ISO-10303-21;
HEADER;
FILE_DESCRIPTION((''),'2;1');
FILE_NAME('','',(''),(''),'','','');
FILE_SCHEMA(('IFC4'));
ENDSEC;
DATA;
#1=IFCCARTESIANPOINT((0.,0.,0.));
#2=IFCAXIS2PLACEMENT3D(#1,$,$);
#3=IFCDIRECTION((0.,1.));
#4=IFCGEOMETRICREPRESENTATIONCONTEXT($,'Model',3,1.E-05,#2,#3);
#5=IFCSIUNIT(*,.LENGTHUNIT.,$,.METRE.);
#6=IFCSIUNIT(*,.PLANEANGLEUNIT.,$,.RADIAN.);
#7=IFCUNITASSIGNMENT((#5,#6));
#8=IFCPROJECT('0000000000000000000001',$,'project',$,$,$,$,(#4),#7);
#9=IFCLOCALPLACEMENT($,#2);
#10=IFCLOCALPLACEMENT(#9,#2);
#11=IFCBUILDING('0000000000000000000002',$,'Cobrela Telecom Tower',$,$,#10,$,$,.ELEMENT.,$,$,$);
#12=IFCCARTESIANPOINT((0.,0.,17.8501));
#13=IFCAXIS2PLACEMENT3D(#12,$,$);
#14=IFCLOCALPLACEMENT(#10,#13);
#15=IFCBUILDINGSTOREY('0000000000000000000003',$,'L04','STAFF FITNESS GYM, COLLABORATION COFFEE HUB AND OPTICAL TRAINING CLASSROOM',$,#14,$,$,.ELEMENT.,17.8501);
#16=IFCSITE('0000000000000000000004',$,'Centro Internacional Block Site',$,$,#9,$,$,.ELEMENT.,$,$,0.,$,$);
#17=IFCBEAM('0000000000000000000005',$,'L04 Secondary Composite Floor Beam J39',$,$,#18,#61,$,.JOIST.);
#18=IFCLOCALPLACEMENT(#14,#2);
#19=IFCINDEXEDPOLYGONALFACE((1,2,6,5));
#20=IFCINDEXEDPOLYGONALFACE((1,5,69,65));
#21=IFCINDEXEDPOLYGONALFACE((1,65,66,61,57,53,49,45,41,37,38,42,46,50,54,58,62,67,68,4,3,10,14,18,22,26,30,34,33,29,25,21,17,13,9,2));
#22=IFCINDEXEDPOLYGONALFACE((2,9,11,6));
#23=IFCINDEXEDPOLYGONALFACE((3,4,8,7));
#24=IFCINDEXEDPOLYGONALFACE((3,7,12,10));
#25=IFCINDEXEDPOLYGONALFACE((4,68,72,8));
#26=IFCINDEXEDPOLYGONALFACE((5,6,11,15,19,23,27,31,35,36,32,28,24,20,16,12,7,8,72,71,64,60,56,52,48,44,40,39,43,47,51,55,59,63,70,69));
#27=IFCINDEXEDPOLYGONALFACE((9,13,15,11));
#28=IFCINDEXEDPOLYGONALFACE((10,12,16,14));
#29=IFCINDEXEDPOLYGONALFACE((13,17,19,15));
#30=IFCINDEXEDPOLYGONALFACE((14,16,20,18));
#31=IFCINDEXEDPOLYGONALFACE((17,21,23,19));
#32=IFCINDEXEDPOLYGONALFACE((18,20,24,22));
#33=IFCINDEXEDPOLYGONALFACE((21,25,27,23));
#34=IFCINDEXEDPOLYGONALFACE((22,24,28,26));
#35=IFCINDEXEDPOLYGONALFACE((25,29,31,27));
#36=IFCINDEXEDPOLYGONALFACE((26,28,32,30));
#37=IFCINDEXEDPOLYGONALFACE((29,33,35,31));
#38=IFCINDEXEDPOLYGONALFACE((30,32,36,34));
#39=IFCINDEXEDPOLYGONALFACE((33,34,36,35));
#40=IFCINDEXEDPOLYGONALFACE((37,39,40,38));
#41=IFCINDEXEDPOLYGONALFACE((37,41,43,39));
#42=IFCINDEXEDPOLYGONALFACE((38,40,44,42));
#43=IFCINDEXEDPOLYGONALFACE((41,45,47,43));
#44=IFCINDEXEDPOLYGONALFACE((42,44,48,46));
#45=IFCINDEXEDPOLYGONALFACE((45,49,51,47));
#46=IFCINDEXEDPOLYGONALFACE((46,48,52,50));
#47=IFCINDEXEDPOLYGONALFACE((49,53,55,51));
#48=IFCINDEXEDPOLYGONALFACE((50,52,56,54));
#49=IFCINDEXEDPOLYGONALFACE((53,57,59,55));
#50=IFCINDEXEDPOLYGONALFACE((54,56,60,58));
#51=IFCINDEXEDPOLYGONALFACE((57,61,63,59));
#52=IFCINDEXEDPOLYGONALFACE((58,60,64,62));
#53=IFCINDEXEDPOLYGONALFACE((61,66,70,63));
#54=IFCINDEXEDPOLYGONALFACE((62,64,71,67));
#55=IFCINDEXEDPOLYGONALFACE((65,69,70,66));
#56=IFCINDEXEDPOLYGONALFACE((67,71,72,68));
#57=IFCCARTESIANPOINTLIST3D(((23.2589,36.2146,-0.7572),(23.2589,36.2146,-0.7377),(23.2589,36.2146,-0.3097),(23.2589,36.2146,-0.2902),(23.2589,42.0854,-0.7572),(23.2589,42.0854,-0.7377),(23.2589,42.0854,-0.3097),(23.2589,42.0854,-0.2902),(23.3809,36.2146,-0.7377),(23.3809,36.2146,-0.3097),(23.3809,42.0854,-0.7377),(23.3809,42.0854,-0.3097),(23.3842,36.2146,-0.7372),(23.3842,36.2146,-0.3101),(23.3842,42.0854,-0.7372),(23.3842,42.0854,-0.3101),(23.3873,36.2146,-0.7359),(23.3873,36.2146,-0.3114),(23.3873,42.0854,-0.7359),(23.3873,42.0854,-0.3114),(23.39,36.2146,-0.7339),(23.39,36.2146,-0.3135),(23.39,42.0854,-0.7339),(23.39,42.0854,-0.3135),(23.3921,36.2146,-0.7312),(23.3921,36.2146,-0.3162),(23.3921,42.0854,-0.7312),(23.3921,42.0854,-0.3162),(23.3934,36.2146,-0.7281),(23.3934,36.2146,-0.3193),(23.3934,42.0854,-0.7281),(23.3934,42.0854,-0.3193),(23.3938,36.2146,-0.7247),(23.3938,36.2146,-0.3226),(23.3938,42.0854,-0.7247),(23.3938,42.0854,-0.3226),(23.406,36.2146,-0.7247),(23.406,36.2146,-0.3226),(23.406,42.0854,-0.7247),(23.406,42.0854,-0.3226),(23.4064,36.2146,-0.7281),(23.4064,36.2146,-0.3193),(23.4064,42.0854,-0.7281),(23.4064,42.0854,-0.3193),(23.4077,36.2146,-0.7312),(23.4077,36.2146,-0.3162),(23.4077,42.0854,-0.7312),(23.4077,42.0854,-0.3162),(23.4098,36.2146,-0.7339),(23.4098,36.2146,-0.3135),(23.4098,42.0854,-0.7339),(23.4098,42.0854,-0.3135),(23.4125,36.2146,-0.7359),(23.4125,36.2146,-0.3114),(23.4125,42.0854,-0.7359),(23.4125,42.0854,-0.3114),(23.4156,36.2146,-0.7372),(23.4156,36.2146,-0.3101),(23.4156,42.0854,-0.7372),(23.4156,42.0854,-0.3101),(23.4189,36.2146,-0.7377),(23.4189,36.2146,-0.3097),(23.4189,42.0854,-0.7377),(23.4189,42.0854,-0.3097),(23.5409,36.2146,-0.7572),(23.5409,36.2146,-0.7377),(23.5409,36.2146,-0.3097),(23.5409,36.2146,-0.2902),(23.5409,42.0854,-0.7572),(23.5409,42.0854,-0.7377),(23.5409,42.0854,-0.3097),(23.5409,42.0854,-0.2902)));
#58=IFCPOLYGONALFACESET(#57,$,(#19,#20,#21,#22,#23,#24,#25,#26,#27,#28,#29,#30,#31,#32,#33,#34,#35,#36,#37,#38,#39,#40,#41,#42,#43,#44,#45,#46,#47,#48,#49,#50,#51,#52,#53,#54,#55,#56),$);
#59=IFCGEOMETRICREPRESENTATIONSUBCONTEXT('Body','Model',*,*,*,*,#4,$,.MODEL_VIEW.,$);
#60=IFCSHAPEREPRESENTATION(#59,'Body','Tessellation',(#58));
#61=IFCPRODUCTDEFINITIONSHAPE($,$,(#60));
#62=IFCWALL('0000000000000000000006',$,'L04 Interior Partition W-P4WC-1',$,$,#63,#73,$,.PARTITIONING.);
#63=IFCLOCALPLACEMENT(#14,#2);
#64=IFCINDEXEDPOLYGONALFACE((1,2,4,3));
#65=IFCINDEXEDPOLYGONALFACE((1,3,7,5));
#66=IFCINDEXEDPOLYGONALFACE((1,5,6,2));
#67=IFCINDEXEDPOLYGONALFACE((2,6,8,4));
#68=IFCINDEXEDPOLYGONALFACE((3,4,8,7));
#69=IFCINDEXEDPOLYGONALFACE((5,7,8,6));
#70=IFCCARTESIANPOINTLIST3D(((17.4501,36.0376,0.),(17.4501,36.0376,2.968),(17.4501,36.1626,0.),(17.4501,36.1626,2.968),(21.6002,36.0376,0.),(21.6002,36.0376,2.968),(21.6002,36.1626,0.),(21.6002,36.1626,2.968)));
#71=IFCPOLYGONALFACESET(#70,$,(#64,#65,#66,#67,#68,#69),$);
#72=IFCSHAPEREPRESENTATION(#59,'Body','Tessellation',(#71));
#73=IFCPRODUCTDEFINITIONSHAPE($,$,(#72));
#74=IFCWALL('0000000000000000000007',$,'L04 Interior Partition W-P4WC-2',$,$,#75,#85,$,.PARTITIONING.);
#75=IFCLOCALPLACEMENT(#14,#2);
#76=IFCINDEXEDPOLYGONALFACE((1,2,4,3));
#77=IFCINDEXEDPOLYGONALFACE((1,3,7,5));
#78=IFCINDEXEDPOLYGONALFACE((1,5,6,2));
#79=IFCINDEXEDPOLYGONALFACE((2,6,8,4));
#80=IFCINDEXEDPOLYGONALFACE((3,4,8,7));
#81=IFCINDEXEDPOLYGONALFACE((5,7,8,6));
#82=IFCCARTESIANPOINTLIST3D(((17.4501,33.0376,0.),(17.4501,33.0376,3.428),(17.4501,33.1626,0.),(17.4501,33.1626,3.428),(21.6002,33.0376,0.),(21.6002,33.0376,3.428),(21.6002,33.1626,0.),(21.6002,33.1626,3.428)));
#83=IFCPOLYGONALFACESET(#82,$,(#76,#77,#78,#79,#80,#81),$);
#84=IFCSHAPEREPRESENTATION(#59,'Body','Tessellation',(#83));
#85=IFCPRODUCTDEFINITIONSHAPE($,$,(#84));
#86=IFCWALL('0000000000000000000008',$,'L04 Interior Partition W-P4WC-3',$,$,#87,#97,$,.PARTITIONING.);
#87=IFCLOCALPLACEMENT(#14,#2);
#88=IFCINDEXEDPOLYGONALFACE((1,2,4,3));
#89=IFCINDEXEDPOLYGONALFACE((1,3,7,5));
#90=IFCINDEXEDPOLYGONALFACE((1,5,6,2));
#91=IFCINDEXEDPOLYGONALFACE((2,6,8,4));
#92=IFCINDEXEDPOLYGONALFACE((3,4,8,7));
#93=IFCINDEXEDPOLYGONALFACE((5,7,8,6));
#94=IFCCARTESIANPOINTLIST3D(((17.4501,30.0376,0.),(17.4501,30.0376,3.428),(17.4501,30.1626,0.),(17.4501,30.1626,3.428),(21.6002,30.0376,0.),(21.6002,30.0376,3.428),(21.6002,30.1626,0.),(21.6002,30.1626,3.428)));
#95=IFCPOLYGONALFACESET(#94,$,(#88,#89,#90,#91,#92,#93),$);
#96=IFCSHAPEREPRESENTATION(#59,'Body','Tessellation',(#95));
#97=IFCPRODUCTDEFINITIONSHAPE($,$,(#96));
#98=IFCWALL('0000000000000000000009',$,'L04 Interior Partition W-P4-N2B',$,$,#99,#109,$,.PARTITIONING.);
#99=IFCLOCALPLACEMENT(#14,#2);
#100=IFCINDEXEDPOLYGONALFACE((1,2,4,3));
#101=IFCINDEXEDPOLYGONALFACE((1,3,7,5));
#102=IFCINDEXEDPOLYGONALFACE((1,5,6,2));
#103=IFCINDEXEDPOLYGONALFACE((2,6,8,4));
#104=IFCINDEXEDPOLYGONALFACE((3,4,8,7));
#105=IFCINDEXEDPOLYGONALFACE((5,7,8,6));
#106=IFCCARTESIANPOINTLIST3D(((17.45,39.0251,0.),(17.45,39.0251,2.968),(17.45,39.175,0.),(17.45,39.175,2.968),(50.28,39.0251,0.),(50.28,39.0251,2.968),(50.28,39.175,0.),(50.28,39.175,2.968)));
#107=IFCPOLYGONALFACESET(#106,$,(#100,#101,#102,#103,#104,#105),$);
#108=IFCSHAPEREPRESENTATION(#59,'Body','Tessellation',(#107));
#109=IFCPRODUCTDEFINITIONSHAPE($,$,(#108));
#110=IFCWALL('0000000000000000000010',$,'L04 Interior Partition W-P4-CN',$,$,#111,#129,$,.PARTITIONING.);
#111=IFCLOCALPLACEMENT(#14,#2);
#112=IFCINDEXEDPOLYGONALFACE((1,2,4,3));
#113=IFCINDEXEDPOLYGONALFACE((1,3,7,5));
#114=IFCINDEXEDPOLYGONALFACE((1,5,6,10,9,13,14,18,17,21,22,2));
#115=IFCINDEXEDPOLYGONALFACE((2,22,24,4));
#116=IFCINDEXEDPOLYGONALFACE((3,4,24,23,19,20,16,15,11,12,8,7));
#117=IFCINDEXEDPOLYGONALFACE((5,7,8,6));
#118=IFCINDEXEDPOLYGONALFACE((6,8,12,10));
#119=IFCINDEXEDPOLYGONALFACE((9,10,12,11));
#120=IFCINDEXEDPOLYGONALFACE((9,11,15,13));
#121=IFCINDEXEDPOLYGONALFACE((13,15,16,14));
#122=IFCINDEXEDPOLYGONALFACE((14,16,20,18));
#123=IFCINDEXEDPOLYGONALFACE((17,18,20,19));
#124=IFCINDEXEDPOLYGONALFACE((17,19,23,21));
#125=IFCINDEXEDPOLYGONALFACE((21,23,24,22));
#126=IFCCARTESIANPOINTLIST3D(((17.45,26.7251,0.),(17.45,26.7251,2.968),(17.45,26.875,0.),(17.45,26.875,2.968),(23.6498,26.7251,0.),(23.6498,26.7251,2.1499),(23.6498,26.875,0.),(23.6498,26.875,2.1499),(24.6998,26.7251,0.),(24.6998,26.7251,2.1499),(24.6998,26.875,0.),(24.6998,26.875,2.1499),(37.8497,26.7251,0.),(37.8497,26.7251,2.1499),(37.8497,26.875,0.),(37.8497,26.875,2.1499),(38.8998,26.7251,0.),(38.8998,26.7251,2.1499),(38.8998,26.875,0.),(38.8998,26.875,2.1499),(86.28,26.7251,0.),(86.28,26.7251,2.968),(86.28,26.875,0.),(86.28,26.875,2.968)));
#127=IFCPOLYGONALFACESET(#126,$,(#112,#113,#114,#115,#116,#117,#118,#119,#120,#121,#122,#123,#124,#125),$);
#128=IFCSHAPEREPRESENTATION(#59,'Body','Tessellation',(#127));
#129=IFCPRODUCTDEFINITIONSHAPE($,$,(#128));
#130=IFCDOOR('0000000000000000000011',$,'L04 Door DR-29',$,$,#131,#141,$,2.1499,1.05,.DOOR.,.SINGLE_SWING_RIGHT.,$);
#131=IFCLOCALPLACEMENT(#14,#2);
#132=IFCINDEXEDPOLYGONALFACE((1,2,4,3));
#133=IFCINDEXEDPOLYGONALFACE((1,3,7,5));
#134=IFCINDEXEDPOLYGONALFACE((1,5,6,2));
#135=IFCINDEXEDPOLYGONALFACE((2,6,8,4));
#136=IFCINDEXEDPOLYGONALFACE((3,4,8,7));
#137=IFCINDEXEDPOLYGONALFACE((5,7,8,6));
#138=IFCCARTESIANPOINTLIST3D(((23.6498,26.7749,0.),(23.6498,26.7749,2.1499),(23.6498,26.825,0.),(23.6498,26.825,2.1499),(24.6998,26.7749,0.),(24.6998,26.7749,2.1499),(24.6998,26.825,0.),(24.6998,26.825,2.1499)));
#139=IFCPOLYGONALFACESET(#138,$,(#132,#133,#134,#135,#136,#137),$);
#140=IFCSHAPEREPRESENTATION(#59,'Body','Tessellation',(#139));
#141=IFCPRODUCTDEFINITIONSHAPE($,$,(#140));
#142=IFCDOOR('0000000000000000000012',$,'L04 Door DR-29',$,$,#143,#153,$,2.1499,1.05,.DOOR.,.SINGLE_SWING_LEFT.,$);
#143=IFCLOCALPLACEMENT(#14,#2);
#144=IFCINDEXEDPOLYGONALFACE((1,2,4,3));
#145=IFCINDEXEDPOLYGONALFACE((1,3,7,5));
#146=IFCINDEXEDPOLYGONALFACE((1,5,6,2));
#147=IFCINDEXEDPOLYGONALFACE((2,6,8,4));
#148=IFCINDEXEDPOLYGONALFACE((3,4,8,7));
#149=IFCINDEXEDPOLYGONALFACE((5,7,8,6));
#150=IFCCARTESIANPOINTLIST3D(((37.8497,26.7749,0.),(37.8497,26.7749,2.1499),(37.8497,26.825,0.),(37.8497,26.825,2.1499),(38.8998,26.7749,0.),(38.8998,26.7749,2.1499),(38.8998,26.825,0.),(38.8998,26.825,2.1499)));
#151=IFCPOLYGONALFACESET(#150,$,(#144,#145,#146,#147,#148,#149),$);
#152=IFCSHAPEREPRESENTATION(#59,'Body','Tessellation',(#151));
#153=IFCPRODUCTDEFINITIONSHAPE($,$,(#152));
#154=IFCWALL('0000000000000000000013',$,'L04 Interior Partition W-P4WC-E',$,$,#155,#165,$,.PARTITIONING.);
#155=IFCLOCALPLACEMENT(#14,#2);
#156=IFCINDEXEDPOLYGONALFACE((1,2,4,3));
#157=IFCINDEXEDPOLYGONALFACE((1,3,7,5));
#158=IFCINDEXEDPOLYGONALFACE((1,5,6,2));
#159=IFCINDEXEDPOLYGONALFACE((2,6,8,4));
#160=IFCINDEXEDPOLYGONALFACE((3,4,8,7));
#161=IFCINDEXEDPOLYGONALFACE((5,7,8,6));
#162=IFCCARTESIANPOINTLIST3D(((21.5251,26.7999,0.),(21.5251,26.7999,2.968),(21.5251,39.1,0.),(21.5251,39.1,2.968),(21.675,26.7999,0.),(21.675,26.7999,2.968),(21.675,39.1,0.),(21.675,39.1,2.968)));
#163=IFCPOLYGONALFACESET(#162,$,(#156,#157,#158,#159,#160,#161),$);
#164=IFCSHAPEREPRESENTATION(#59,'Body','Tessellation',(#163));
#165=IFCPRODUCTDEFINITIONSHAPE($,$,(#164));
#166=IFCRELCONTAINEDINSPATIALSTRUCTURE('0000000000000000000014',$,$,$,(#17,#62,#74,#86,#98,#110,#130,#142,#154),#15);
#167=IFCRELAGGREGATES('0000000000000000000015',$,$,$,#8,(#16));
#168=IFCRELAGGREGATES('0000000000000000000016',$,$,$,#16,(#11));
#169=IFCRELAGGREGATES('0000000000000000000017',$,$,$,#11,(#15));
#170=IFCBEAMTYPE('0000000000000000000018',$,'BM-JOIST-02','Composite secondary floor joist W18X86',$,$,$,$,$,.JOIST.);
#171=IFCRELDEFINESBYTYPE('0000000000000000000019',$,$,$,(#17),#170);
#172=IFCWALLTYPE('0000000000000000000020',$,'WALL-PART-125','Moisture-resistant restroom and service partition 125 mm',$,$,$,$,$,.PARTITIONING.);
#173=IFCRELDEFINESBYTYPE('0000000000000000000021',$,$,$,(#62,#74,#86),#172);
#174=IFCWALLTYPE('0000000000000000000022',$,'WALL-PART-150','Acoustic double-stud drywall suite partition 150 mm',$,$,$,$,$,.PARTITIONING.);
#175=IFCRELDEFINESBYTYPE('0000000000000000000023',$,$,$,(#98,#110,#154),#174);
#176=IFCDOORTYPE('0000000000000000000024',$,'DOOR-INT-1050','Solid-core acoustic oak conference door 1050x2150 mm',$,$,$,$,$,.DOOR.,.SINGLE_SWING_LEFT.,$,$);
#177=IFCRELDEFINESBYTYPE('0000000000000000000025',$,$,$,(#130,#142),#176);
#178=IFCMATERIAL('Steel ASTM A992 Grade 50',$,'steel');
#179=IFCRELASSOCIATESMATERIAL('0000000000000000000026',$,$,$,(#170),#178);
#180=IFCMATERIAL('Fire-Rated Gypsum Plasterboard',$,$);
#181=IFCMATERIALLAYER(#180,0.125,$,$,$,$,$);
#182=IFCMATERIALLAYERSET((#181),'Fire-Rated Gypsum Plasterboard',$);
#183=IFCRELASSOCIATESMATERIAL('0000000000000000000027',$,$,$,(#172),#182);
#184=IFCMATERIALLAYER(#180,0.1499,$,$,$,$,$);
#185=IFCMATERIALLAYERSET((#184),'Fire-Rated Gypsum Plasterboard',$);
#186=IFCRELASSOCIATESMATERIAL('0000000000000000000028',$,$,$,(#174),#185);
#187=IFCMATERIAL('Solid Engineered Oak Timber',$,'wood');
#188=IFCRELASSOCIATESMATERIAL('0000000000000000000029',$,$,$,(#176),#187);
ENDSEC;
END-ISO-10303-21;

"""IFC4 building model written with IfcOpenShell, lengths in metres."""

from ifc_helpers import new_model, si_unit, direction, frame, frame_2d, origin, origin_2d, place, context, subcontext, project, spatial, rectangle, i_section, extrude, material, layer, layer_set, material_profile, profile_set, type_object, element, fill, save


model = new_model("IFC4")

# Units and contexts
model_context = context("Model", 3, precision=1e-05, world=origin(), true_north=direction((0.0, 1.0)))
body_context = subcontext(model_context, "Body", "Model", "MODEL_VIEW")
ifc_project = project(units=[si_unit("LENGTHUNIT", "METRE"), si_unit("PLANEANGLEUNIT", "RADIAN")], contexts=[model_context])

# Site, building, storey
site_placement = place(None, origin())
site = spatial("IfcSite", under=ifc_project, at=site_placement, Name="Centro Internacional Block Site", CompositionType="ELEMENT", RefElevation=0.0)
building_placement = place(site_placement, origin())
building = spatial("IfcBuilding", under=site, at=building_placement, Name="Cobrela Telecom Tower", CompositionType="ELEMENT")
storey_placement = place(building_placement, frame((0.0, 0.0, 17.8501)))
storey = spatial("IfcBuildingStorey", under=building, at=storey_placement, Name="L04", Description="STAFF FITNESS GYM, COLLABORATION COFFEE HUB AND OPTICAL TRAINING CLASSROOM", CompositionType="ELEMENT", Elevation=17.8501)

# Beam
ifc_material_1 = material(Name="Steel ASTM A992 Grade 50", Category="steel")
ifc_material_profile_1 = material_profile(ifc_material_1, i_section(OverallWidth=0.282, OverallDepth=0.467, WebThickness=0.0122, FlangeThickness=0.0195, FilletRadius=0.0129, at=origin_2d()), Name="W18X86")
ifc_profile_set_1 = profile_set([ifc_material_profile_1], Name="Steel ASTM A992 Grade 50")
beam_type_1 = type_object("IfcBeamType", Name="BM-JOIST-02", Description="Composite secondary floor joist W18X86", PredefinedType="JOIST", material=ifc_profile_set_1)
beam_1_placement = place(storey_placement, frame((23.3999, 36.2146, -0.5237), z_axis=(0.0, 1.0, 0.0), x_axis=(-1.0, 0.0, 0.0)))
element("IfcBeam", 1, at=beam_1_placement, inside=storey, type_object=beam_type_1, Name="L04 Secondary Composite Floor Beam J39", PredefinedType="JOIST", context=body_context, shape_type="SweptSolid", body=[
    extrude(i_section(OverallWidth=0.282, OverallDepth=0.467, WebThickness=0.0122, FlangeThickness=0.0195, FilletRadius=0.0129, at=origin_2d()), origin(), (0.0, 0.0, 1.0), 5.8708),
])

# Walls
ifc_material_2 = material(Name="Fire-Rated Gypsum Plasterboard")
ifc_layer_1 = layer(ifc_material_2, 0.125)
ifc_layer_set_1 = layer_set([ifc_layer_1], Name="Fire-Rated Gypsum Plasterboard")
wall_type_1 = type_object("IfcWallType", Name="WALL-PART-125", Description="Moisture-resistant restroom and service partition 125 mm", PredefinedType="PARTITIONING", material=ifc_layer_set_1)
wall_1_placement = place(storey_placement, frame((17.45, 36.1001, 0.0), z_axis=(0.0, 0.0, 1.0), x_axis=(1.0, 0.0, 0.0)))
element("IfcWall", 2, at=wall_1_placement, inside=storey, type_object=wall_type_1, Name="L04 Interior Partition W-P4WC-1", PredefinedType="PARTITIONING", context=body_context, shape_type="SweptSolid", body=[
    extrude(rectangle(XDim=4.1501, YDim=0.125, at=frame_2d((2.0752, 0.0))), origin(), (0.0, 0.0, 1.0), 2.968),
])
for number, where, z_axis, x_axis, name in (
    (3, (17.45, 33.1001, 0.0), (0.0, 0.0, 1.0), (1.0, 0.0, 0.0), "L04 Interior Partition W-P4WC-2"),
    (4, (17.45, 30.1001, 0.0), (0.0, 0.0, 1.0), (1.0, 0.0, 0.0), "L04 Interior Partition W-P4WC-3"),
):
    element("IfcWall", number, at=place(storey_placement, frame(where, z_axis=z_axis, x_axis=x_axis)), inside=storey, type_object=wall_type_1, Name=name, PredefinedType="PARTITIONING", context=body_context, shape_type="SweptSolid", body=[
        extrude(rectangle(XDim=4.1501, YDim=0.125, at=frame_2d((2.0752, 0.0))), origin(), (0.0, 0.0, 1.0), 3.428),
    ])

# Shared definitions
ifc_layer_2 = layer(ifc_material_2, 0.1499)
ifc_layer_set_2 = layer_set([ifc_layer_2], Name="Fire-Rated Gypsum Plasterboard")
wall_type_2 = type_object("IfcWallType", Name="WALL-PART-150", Description="Acoustic double-stud drywall suite partition 150 mm", PredefinedType="PARTITIONING", material=ifc_layer_set_2)
ifc_material_3 = material(Name="Solid Engineered Oak Timber", Category="wood")

# Wall
wall_2_placement = place(storey_placement, frame((17.45, 39.1001, 0.0), z_axis=(0.0, 0.0, 1.0), x_axis=(1.0, 0.0, 0.0)))
element("IfcWall", 5, at=wall_2_placement, inside=storey, type_object=wall_type_2, Name="L04 Interior Partition W-P4-N2B", PredefinedType="PARTITIONING", context=body_context, shape_type="SweptSolid", body=[
    extrude(rectangle(XDim=32.8301, YDim=0.1499, at=frame_2d((16.415, 0.0))), origin(), (0.0, 0.0, 1.0), 2.968),
])

# Wall, openings, doors
wall_3_placement = place(storey_placement, frame((17.45, 26.8, 0.0), z_axis=(0.0, 0.0, 1.0), x_axis=(1.0, 0.0, 0.0)))
wall_3 = element("IfcWall", 6, at=wall_3_placement, inside=storey, type_object=wall_type_2, Name="L04 Interior Partition W-P4-CN", PredefinedType="PARTITIONING", context=body_context, shape_type="SweptSolid", body=[
    extrude(rectangle(XDim=68.8301, YDim=0.1499, at=frame_2d((34.415, 0.0))), origin(), (0.0, 0.0, 1.0), 2.968),
])
opening_1_placement = place(wall_3_placement, frame((6.2, 0.0, 0.0)))
opening_1 = element("IfcOpeningElement", 7, at=opening_1_placement, cuts=wall_3, PredefinedType="OPENING", context=body_context, shape_type="SweptSolid", body=[
    extrude(rectangle(XDim=1.05, YDim=2.1499, at=frame_2d((0.5249, 1.075))), frame((0.0, 0.0869, 0.0), z_axis=(0.0, -1.0, 0.0), x_axis=(1.0, 0.0, 0.0)), (0.0, 0.0, 1.0), 0.1738),
])
opening_2_placement = place(wall_3_placement, frame((20.3999, 0.0, 0.0)))
opening_2 = element("IfcOpeningElement", 8, at=opening_2_placement, cuts=wall_3, PredefinedType="OPENING", context=body_context, shape_type="SweptSolid", body=[
    extrude(rectangle(XDim=1.05, YDim=2.1499, at=frame_2d((0.5249, 1.075))), frame((0.0, 0.0869, 0.0), z_axis=(0.0, -1.0, 0.0), x_axis=(1.0, 0.0, 0.0)), (0.0, 0.0, 1.0), 0.1738),
])
door_type_1 = type_object("IfcDoorType", Name="DOOR-INT-1050", Description="Solid-core acoustic oak conference door 1050x2150 mm", OperationType="SINGLE_SWING_LEFT", PredefinedType="DOOR", material=ifc_material_3)
door_1_placement = place(opening_1_placement, origin())
door_1 = element("IfcDoor", 9, at=door_1_placement, inside=storey, type_object=door_type_1, Name="L04 Door DR-29", OperationType="SINGLE_SWING_RIGHT", OverallHeight=2.1499, OverallWidth=1.05, PredefinedType="DOOR", context=body_context, shape_type="SweptSolid", body=[
    extrude(rectangle(XDim=1.05, YDim=2.1499, at=frame_2d((0.5249, 1.075))), frame((0.0, 0.0249, 0.0), z_axis=(0.0, -1.0, 0.0), x_axis=(1.0, 0.0, 0.0)), (0.0, 0.0, 1.0), 0.05),
])
fill(opening_1, door_1)
door_2_placement = place(opening_2_placement, origin())
door_2 = element("IfcDoor", 10, at=door_2_placement, inside=storey, type_object=door_type_1, Name="L04 Door DR-29", OperationType="SINGLE_SWING_LEFT", OverallHeight=2.1499, OverallWidth=1.05, PredefinedType="DOOR", context=body_context, shape_type="SweptSolid", body=[
    extrude(rectangle(XDim=1.05, YDim=2.1499, at=frame_2d((0.5249, 1.075))), frame((0.0, 0.0249, 0.0), z_axis=(0.0, -1.0, 0.0), x_axis=(1.0, 0.0, 0.0)), (0.0, 0.0, 1.0), 0.05),
])
fill(opening_2, door_2)

# Wall
wall_4_placement = place(storey_placement, frame((21.6001, 26.8, 0.0), z_axis=(0.0, 0.0, 1.0), x_axis=(0.0, 1.0, 0.0)))
element("IfcWall", 11, at=wall_4_placement, inside=storey, type_object=wall_type_2, Name="L04 Interior Partition W-P4WC-E", PredefinedType="PARTITIONING", context=body_context, shape_type="SweptSolid", body=[
    extrude(rectangle(XDim=12.3, YDim=0.1499, at=frame_2d((6.1499, 0.0))), origin(), (0.0, 0.0, 1.0), 2.968),
])

save(model, "model.ifc")
